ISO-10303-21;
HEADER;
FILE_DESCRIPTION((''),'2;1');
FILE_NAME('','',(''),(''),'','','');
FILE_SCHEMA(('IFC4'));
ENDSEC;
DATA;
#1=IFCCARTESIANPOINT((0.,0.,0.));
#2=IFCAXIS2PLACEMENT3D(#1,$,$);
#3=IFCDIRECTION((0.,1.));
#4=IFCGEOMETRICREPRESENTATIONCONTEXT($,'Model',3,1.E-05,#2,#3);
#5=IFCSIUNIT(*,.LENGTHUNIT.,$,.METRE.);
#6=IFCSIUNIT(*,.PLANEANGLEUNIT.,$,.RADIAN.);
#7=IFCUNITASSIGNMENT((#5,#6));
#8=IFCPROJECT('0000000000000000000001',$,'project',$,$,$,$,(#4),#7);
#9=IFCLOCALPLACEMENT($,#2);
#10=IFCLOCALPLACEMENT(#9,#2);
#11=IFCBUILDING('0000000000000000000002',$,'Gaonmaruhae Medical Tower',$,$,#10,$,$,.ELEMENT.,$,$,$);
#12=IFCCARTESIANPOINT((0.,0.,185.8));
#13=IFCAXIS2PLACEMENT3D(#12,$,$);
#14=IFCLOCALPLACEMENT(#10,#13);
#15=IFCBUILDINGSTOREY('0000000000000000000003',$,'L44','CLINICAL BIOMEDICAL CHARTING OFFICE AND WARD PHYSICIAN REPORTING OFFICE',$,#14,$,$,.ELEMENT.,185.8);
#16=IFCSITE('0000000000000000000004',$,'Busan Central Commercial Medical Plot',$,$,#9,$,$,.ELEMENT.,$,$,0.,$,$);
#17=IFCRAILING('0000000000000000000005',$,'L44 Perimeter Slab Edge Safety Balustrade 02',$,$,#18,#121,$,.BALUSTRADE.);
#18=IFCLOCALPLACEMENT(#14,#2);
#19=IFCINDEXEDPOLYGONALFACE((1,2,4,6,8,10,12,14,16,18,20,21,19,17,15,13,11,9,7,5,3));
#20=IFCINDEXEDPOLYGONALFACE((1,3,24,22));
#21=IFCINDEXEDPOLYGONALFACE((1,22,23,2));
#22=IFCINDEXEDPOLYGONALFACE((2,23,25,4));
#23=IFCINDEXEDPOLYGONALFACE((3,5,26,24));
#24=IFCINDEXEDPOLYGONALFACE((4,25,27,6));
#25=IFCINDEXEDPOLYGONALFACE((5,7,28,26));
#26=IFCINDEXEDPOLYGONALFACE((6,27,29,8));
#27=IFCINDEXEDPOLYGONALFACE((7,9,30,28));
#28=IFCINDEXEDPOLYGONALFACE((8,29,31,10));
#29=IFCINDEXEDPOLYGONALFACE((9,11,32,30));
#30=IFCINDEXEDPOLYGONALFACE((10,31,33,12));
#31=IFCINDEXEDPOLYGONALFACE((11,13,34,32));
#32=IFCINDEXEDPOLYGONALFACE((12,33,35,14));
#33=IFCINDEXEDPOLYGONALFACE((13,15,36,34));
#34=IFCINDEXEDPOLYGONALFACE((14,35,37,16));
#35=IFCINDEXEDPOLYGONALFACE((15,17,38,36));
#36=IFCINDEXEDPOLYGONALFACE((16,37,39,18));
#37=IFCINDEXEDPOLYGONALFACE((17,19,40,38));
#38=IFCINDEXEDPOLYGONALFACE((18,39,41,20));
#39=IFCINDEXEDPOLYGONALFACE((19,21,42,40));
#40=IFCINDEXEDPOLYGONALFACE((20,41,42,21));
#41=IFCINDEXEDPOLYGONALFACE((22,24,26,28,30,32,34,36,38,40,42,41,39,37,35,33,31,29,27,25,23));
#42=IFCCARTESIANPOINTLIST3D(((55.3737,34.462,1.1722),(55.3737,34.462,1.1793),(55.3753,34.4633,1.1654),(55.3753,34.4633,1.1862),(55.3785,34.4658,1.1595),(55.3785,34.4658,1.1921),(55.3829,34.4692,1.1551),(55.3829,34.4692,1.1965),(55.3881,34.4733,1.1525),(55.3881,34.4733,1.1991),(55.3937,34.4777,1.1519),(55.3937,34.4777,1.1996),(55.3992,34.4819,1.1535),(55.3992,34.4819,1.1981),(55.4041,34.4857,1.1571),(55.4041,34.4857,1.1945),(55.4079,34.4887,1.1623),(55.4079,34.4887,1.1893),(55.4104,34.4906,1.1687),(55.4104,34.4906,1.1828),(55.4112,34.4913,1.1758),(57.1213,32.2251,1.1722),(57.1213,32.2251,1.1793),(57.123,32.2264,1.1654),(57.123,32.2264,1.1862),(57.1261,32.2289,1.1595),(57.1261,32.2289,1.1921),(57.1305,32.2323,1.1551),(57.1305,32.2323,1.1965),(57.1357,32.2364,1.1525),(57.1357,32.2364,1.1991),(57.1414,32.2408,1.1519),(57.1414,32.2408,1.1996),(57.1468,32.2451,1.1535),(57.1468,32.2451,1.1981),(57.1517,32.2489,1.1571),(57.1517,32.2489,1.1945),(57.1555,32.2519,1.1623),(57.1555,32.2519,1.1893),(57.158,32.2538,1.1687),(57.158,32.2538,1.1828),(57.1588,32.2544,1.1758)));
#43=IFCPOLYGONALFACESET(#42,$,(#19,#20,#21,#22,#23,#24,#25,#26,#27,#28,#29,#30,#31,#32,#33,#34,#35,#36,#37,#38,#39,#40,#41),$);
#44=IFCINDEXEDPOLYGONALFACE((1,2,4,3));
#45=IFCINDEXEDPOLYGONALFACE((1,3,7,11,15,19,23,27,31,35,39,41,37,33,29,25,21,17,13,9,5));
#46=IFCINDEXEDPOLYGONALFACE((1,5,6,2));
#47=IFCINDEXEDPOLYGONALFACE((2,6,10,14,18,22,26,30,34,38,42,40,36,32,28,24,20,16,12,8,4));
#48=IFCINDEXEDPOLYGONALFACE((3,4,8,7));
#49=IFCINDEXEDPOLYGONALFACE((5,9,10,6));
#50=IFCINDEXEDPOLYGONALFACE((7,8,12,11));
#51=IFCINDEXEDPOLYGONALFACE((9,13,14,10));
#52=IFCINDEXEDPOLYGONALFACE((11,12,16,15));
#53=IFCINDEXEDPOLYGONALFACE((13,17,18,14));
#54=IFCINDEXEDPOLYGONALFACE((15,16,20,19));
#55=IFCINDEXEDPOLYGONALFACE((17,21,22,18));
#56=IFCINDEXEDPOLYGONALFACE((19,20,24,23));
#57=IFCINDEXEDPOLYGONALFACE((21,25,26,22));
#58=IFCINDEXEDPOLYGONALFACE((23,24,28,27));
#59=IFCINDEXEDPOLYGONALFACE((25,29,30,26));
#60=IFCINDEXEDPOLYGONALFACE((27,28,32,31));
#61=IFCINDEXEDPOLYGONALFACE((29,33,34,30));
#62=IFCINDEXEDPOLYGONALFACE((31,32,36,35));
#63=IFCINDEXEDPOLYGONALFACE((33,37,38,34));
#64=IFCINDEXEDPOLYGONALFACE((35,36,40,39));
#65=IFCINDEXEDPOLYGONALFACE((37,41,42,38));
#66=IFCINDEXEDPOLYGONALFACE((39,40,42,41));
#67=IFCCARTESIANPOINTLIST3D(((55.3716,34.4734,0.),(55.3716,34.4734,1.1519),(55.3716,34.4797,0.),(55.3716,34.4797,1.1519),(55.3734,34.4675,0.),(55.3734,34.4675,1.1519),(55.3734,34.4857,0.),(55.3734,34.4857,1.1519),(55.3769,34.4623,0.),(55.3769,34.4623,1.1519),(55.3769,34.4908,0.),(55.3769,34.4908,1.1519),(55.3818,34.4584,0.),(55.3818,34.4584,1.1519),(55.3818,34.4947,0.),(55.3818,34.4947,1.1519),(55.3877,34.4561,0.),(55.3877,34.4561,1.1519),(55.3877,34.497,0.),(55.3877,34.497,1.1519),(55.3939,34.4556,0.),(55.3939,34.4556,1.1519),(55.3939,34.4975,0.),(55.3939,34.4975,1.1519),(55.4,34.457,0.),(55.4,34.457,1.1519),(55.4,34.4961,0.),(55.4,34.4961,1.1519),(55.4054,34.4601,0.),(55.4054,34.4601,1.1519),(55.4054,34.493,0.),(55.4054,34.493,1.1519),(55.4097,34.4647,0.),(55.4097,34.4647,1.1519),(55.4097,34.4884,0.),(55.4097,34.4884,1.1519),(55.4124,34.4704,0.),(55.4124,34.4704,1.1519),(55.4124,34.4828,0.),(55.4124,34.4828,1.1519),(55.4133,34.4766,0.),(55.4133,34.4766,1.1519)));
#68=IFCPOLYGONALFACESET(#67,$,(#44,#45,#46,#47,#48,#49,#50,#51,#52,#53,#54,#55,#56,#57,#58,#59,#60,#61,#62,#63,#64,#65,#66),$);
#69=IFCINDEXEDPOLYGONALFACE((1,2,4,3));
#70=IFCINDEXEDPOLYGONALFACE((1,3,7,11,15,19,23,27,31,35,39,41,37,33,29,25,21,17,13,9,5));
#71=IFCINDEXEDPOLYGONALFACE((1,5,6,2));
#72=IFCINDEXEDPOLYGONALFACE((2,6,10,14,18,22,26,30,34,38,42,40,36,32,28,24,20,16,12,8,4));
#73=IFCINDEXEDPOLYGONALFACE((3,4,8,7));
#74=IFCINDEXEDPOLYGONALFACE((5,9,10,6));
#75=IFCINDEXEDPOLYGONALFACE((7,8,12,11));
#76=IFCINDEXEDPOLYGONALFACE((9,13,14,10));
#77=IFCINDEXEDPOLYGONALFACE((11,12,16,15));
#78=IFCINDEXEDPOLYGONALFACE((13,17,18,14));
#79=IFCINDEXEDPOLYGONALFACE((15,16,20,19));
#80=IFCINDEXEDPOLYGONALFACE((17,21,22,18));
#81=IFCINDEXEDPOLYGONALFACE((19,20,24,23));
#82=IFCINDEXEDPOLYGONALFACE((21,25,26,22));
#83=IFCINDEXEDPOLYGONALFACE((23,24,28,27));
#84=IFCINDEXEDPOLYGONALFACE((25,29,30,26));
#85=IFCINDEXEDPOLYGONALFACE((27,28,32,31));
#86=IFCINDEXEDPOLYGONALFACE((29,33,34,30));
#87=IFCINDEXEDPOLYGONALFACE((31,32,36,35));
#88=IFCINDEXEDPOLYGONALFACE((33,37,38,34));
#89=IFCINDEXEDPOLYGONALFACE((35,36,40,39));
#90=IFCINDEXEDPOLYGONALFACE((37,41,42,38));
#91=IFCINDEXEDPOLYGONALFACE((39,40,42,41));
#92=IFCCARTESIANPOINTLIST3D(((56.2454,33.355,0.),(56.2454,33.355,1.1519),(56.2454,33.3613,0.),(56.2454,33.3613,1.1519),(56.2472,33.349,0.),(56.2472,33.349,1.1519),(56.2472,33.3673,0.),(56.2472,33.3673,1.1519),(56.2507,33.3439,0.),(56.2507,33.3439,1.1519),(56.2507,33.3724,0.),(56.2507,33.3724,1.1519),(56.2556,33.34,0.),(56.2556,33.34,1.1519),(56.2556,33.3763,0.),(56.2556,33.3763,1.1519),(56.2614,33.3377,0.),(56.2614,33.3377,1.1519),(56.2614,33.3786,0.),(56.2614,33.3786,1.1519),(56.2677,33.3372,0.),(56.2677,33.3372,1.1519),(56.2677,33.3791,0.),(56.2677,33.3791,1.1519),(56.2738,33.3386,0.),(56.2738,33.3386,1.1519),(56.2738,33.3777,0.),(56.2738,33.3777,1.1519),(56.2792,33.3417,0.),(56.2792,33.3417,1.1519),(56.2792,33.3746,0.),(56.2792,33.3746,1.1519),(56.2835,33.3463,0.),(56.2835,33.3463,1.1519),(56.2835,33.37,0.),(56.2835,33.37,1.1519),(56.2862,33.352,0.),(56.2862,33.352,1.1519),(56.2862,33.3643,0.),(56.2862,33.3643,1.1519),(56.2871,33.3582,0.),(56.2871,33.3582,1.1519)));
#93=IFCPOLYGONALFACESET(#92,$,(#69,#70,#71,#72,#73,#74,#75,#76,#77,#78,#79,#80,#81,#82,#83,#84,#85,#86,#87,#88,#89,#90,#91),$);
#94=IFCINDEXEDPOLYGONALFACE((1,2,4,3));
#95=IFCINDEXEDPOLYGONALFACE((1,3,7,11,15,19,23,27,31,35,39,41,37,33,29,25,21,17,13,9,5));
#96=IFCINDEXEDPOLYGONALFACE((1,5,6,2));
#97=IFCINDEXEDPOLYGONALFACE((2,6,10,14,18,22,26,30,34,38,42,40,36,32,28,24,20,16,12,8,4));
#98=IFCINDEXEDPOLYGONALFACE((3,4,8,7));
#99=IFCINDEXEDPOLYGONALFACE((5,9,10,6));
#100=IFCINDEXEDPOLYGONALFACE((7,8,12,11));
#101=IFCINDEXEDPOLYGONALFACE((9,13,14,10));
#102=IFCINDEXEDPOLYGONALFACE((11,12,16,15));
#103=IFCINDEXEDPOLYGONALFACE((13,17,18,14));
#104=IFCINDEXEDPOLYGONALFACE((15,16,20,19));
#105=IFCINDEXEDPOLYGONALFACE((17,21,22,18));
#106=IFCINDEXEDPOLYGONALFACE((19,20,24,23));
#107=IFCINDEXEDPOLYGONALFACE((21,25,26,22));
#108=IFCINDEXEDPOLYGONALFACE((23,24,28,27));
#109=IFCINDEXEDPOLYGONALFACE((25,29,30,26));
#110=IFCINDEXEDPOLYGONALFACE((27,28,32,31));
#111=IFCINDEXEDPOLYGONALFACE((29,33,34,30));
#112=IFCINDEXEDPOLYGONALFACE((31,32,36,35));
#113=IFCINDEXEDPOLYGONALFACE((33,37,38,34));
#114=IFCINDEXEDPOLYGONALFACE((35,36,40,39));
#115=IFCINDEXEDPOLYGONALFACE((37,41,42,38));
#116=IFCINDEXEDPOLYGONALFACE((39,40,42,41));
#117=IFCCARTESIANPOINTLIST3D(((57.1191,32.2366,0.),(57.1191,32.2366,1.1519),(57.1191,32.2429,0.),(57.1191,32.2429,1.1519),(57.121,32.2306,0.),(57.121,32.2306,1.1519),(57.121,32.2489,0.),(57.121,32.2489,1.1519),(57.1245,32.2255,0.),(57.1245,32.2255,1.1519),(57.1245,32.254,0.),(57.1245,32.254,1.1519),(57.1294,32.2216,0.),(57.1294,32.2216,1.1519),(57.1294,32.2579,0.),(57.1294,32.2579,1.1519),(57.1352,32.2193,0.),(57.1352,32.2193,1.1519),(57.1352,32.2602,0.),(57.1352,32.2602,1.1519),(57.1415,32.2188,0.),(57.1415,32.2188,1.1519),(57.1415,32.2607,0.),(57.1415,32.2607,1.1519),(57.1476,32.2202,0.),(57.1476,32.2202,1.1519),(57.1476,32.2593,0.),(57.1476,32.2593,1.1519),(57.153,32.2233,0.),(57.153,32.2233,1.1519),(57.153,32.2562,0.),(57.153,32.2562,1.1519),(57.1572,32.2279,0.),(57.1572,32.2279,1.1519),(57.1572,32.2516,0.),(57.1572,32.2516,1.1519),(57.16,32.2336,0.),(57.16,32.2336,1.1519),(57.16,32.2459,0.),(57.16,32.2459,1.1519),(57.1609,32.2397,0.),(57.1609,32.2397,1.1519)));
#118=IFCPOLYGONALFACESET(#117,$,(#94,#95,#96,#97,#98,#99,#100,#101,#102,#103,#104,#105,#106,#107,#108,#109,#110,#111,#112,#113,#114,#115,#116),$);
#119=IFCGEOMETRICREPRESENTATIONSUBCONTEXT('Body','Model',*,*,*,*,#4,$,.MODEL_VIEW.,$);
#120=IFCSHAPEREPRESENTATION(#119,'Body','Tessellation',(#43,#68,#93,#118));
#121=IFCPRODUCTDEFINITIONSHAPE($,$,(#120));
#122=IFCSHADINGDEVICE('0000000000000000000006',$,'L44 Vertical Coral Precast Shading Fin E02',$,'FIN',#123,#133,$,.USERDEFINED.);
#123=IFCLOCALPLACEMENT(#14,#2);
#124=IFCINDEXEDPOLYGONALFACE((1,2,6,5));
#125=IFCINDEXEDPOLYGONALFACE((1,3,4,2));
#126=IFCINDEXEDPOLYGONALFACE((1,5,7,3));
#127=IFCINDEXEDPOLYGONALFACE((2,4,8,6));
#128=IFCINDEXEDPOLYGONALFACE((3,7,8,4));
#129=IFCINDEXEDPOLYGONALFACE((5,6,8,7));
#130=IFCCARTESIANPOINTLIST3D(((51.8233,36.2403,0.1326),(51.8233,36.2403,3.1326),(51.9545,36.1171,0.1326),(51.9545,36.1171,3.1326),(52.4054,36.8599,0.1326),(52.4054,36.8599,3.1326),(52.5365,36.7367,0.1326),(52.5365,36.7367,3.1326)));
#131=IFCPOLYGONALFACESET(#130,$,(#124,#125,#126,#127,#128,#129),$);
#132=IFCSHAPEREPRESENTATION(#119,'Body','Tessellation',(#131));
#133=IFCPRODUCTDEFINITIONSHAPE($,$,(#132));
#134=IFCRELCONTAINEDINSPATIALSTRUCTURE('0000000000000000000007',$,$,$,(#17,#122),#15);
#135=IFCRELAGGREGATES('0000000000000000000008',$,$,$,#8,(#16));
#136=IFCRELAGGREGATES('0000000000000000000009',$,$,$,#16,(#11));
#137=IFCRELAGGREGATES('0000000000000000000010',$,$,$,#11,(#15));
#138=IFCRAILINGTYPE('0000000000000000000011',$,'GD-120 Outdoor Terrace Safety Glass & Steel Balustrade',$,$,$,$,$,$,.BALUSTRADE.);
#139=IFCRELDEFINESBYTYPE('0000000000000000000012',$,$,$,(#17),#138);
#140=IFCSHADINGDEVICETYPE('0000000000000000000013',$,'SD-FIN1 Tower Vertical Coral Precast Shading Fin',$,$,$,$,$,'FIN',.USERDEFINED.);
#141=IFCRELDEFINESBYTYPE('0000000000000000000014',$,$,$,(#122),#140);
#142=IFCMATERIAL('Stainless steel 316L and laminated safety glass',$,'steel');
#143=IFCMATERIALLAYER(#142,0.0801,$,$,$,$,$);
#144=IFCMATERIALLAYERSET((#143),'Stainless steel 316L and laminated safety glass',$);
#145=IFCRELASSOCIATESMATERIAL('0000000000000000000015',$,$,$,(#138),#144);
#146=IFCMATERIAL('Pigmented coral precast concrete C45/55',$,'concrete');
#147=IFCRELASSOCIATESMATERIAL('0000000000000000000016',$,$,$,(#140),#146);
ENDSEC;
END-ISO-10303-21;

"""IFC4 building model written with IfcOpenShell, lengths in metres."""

from ifc_helpers import new_model, si_unit, direction, frame, origin, origin_2d, place, context, subcontext, project, spatial, rectangle, circle, extrude, material, layer, layer_set, type_object, element, save


model = new_model("IFC4")

# Units and contexts
model_context = context("Model", 3, precision=1e-05, world=origin(), true_north=direction((0.0, 1.0)))
body_context = subcontext(model_context, "Body", "Model", "MODEL_VIEW")
ifc_project = project(units=[si_unit("LENGTHUNIT", "METRE"), si_unit("PLANEANGLEUNIT", "RADIAN")], contexts=[model_context])

# Site, building, storey
site_placement = place(None, origin())
site = spatial("IfcSite", under=ifc_project, at=site_placement, Name="Busan Central Commercial Medical Plot", CompositionType="ELEMENT", RefElevation=0.0)
building_placement = place(site_placement, origin())
building = spatial("IfcBuilding", under=site, at=building_placement, Name="Gaonmaruhae Medical Tower", CompositionType="ELEMENT")
storey_placement = place(building_placement, frame((0.0, 0.0, 185.8)))
storey = spatial("IfcBuildingStorey", under=building, at=storey_placement, Name="L44", Description="CLINICAL BIOMEDICAL CHARTING OFFICE AND WARD PHYSICIAN REPORTING OFFICE", CompositionType="ELEMENT", Elevation=185.8)

# Railing
ifc_material_1 = material(Name="Stainless steel 316L and laminated safety glass", Category="steel")
ifc_layer_1 = layer(ifc_material_1, 0.0801)
ifc_layer_set_1 = layer_set([ifc_layer_1], Name="Stainless steel 316L and laminated safety glass")
railing_type = type_object("IfcRailingType", Name="GD-120 Outdoor Terrace Safety Glass & Steel Balustrade", PredefinedType="BALUSTRADE", material=ifc_layer_set_1)
railing_1_placement = place(storey_placement, frame((55.3923, 34.4766, 0.0)))
element("IfcRailing", 1, at=railing_1_placement, inside=storey, type_object=railing_type, Name="L44 Perimeter Slab Edge Safety Balustrade 02", PredefinedType="BALUSTRADE", context=body_context, shape_type="SweptSolid", body=[
    extrude(circle(Radius=0.0239, at=origin_2d()), frame((0.0, 0.0, 1.1758), z_axis=(0.615654, -0.788017, 0.0), x_axis=(0.788017, 0.615654, 0.0)), (0.0, 0.0, 1.0), 2.8386),
    extrude(circle(Radius=0.021, at=origin_2d()), origin(), (0.0, 0.0, 1.0), 1.1519),
    extrude(circle(Radius=0.021, at=origin_2d()), frame((0.8738, -1.1184, 0.0)), (0.0, 0.0, 1.0), 1.1519),
    extrude(circle(Radius=0.021, at=origin_2d()), frame((1.7476, -2.2368, 0.0)), (0.0, 0.0, 1.0), 1.1519),
])

# Shading device
ifc_material_2 = material(Name="Pigmented coral precast concrete C45/55", Category="concrete")
shading_device_type = type_object("IfcShadingDeviceType", Name="SD-FIN1 Tower Vertical Coral Precast Shading Fin", ElementType="FIN", PredefinedType="USERDEFINED", material=ifc_material_2)
shading_device_placement = place(storey_placement, frame((52.1799, 36.4885, 0.1326), z_axis=(0.0, 0.0, 1.0), x_axis=(0.728849, -0.684674, 0.0)))
element("IfcShadingDevice", 2, at=shading_device_placement, inside=storey, type_object=shading_device_type, Name="L44 Vertical Coral Precast Shading Fin E02", ObjectType="FIN", PredefinedType="USERDEFINED", context=body_context, shape_type="SweptSolid", body=[
    extrude(rectangle(XDim=0.1799, YDim=0.8501, at=origin_2d()), origin(), (0.0, 0.0, 1.0), 3.0),
])

save(model, "model.ifc")
